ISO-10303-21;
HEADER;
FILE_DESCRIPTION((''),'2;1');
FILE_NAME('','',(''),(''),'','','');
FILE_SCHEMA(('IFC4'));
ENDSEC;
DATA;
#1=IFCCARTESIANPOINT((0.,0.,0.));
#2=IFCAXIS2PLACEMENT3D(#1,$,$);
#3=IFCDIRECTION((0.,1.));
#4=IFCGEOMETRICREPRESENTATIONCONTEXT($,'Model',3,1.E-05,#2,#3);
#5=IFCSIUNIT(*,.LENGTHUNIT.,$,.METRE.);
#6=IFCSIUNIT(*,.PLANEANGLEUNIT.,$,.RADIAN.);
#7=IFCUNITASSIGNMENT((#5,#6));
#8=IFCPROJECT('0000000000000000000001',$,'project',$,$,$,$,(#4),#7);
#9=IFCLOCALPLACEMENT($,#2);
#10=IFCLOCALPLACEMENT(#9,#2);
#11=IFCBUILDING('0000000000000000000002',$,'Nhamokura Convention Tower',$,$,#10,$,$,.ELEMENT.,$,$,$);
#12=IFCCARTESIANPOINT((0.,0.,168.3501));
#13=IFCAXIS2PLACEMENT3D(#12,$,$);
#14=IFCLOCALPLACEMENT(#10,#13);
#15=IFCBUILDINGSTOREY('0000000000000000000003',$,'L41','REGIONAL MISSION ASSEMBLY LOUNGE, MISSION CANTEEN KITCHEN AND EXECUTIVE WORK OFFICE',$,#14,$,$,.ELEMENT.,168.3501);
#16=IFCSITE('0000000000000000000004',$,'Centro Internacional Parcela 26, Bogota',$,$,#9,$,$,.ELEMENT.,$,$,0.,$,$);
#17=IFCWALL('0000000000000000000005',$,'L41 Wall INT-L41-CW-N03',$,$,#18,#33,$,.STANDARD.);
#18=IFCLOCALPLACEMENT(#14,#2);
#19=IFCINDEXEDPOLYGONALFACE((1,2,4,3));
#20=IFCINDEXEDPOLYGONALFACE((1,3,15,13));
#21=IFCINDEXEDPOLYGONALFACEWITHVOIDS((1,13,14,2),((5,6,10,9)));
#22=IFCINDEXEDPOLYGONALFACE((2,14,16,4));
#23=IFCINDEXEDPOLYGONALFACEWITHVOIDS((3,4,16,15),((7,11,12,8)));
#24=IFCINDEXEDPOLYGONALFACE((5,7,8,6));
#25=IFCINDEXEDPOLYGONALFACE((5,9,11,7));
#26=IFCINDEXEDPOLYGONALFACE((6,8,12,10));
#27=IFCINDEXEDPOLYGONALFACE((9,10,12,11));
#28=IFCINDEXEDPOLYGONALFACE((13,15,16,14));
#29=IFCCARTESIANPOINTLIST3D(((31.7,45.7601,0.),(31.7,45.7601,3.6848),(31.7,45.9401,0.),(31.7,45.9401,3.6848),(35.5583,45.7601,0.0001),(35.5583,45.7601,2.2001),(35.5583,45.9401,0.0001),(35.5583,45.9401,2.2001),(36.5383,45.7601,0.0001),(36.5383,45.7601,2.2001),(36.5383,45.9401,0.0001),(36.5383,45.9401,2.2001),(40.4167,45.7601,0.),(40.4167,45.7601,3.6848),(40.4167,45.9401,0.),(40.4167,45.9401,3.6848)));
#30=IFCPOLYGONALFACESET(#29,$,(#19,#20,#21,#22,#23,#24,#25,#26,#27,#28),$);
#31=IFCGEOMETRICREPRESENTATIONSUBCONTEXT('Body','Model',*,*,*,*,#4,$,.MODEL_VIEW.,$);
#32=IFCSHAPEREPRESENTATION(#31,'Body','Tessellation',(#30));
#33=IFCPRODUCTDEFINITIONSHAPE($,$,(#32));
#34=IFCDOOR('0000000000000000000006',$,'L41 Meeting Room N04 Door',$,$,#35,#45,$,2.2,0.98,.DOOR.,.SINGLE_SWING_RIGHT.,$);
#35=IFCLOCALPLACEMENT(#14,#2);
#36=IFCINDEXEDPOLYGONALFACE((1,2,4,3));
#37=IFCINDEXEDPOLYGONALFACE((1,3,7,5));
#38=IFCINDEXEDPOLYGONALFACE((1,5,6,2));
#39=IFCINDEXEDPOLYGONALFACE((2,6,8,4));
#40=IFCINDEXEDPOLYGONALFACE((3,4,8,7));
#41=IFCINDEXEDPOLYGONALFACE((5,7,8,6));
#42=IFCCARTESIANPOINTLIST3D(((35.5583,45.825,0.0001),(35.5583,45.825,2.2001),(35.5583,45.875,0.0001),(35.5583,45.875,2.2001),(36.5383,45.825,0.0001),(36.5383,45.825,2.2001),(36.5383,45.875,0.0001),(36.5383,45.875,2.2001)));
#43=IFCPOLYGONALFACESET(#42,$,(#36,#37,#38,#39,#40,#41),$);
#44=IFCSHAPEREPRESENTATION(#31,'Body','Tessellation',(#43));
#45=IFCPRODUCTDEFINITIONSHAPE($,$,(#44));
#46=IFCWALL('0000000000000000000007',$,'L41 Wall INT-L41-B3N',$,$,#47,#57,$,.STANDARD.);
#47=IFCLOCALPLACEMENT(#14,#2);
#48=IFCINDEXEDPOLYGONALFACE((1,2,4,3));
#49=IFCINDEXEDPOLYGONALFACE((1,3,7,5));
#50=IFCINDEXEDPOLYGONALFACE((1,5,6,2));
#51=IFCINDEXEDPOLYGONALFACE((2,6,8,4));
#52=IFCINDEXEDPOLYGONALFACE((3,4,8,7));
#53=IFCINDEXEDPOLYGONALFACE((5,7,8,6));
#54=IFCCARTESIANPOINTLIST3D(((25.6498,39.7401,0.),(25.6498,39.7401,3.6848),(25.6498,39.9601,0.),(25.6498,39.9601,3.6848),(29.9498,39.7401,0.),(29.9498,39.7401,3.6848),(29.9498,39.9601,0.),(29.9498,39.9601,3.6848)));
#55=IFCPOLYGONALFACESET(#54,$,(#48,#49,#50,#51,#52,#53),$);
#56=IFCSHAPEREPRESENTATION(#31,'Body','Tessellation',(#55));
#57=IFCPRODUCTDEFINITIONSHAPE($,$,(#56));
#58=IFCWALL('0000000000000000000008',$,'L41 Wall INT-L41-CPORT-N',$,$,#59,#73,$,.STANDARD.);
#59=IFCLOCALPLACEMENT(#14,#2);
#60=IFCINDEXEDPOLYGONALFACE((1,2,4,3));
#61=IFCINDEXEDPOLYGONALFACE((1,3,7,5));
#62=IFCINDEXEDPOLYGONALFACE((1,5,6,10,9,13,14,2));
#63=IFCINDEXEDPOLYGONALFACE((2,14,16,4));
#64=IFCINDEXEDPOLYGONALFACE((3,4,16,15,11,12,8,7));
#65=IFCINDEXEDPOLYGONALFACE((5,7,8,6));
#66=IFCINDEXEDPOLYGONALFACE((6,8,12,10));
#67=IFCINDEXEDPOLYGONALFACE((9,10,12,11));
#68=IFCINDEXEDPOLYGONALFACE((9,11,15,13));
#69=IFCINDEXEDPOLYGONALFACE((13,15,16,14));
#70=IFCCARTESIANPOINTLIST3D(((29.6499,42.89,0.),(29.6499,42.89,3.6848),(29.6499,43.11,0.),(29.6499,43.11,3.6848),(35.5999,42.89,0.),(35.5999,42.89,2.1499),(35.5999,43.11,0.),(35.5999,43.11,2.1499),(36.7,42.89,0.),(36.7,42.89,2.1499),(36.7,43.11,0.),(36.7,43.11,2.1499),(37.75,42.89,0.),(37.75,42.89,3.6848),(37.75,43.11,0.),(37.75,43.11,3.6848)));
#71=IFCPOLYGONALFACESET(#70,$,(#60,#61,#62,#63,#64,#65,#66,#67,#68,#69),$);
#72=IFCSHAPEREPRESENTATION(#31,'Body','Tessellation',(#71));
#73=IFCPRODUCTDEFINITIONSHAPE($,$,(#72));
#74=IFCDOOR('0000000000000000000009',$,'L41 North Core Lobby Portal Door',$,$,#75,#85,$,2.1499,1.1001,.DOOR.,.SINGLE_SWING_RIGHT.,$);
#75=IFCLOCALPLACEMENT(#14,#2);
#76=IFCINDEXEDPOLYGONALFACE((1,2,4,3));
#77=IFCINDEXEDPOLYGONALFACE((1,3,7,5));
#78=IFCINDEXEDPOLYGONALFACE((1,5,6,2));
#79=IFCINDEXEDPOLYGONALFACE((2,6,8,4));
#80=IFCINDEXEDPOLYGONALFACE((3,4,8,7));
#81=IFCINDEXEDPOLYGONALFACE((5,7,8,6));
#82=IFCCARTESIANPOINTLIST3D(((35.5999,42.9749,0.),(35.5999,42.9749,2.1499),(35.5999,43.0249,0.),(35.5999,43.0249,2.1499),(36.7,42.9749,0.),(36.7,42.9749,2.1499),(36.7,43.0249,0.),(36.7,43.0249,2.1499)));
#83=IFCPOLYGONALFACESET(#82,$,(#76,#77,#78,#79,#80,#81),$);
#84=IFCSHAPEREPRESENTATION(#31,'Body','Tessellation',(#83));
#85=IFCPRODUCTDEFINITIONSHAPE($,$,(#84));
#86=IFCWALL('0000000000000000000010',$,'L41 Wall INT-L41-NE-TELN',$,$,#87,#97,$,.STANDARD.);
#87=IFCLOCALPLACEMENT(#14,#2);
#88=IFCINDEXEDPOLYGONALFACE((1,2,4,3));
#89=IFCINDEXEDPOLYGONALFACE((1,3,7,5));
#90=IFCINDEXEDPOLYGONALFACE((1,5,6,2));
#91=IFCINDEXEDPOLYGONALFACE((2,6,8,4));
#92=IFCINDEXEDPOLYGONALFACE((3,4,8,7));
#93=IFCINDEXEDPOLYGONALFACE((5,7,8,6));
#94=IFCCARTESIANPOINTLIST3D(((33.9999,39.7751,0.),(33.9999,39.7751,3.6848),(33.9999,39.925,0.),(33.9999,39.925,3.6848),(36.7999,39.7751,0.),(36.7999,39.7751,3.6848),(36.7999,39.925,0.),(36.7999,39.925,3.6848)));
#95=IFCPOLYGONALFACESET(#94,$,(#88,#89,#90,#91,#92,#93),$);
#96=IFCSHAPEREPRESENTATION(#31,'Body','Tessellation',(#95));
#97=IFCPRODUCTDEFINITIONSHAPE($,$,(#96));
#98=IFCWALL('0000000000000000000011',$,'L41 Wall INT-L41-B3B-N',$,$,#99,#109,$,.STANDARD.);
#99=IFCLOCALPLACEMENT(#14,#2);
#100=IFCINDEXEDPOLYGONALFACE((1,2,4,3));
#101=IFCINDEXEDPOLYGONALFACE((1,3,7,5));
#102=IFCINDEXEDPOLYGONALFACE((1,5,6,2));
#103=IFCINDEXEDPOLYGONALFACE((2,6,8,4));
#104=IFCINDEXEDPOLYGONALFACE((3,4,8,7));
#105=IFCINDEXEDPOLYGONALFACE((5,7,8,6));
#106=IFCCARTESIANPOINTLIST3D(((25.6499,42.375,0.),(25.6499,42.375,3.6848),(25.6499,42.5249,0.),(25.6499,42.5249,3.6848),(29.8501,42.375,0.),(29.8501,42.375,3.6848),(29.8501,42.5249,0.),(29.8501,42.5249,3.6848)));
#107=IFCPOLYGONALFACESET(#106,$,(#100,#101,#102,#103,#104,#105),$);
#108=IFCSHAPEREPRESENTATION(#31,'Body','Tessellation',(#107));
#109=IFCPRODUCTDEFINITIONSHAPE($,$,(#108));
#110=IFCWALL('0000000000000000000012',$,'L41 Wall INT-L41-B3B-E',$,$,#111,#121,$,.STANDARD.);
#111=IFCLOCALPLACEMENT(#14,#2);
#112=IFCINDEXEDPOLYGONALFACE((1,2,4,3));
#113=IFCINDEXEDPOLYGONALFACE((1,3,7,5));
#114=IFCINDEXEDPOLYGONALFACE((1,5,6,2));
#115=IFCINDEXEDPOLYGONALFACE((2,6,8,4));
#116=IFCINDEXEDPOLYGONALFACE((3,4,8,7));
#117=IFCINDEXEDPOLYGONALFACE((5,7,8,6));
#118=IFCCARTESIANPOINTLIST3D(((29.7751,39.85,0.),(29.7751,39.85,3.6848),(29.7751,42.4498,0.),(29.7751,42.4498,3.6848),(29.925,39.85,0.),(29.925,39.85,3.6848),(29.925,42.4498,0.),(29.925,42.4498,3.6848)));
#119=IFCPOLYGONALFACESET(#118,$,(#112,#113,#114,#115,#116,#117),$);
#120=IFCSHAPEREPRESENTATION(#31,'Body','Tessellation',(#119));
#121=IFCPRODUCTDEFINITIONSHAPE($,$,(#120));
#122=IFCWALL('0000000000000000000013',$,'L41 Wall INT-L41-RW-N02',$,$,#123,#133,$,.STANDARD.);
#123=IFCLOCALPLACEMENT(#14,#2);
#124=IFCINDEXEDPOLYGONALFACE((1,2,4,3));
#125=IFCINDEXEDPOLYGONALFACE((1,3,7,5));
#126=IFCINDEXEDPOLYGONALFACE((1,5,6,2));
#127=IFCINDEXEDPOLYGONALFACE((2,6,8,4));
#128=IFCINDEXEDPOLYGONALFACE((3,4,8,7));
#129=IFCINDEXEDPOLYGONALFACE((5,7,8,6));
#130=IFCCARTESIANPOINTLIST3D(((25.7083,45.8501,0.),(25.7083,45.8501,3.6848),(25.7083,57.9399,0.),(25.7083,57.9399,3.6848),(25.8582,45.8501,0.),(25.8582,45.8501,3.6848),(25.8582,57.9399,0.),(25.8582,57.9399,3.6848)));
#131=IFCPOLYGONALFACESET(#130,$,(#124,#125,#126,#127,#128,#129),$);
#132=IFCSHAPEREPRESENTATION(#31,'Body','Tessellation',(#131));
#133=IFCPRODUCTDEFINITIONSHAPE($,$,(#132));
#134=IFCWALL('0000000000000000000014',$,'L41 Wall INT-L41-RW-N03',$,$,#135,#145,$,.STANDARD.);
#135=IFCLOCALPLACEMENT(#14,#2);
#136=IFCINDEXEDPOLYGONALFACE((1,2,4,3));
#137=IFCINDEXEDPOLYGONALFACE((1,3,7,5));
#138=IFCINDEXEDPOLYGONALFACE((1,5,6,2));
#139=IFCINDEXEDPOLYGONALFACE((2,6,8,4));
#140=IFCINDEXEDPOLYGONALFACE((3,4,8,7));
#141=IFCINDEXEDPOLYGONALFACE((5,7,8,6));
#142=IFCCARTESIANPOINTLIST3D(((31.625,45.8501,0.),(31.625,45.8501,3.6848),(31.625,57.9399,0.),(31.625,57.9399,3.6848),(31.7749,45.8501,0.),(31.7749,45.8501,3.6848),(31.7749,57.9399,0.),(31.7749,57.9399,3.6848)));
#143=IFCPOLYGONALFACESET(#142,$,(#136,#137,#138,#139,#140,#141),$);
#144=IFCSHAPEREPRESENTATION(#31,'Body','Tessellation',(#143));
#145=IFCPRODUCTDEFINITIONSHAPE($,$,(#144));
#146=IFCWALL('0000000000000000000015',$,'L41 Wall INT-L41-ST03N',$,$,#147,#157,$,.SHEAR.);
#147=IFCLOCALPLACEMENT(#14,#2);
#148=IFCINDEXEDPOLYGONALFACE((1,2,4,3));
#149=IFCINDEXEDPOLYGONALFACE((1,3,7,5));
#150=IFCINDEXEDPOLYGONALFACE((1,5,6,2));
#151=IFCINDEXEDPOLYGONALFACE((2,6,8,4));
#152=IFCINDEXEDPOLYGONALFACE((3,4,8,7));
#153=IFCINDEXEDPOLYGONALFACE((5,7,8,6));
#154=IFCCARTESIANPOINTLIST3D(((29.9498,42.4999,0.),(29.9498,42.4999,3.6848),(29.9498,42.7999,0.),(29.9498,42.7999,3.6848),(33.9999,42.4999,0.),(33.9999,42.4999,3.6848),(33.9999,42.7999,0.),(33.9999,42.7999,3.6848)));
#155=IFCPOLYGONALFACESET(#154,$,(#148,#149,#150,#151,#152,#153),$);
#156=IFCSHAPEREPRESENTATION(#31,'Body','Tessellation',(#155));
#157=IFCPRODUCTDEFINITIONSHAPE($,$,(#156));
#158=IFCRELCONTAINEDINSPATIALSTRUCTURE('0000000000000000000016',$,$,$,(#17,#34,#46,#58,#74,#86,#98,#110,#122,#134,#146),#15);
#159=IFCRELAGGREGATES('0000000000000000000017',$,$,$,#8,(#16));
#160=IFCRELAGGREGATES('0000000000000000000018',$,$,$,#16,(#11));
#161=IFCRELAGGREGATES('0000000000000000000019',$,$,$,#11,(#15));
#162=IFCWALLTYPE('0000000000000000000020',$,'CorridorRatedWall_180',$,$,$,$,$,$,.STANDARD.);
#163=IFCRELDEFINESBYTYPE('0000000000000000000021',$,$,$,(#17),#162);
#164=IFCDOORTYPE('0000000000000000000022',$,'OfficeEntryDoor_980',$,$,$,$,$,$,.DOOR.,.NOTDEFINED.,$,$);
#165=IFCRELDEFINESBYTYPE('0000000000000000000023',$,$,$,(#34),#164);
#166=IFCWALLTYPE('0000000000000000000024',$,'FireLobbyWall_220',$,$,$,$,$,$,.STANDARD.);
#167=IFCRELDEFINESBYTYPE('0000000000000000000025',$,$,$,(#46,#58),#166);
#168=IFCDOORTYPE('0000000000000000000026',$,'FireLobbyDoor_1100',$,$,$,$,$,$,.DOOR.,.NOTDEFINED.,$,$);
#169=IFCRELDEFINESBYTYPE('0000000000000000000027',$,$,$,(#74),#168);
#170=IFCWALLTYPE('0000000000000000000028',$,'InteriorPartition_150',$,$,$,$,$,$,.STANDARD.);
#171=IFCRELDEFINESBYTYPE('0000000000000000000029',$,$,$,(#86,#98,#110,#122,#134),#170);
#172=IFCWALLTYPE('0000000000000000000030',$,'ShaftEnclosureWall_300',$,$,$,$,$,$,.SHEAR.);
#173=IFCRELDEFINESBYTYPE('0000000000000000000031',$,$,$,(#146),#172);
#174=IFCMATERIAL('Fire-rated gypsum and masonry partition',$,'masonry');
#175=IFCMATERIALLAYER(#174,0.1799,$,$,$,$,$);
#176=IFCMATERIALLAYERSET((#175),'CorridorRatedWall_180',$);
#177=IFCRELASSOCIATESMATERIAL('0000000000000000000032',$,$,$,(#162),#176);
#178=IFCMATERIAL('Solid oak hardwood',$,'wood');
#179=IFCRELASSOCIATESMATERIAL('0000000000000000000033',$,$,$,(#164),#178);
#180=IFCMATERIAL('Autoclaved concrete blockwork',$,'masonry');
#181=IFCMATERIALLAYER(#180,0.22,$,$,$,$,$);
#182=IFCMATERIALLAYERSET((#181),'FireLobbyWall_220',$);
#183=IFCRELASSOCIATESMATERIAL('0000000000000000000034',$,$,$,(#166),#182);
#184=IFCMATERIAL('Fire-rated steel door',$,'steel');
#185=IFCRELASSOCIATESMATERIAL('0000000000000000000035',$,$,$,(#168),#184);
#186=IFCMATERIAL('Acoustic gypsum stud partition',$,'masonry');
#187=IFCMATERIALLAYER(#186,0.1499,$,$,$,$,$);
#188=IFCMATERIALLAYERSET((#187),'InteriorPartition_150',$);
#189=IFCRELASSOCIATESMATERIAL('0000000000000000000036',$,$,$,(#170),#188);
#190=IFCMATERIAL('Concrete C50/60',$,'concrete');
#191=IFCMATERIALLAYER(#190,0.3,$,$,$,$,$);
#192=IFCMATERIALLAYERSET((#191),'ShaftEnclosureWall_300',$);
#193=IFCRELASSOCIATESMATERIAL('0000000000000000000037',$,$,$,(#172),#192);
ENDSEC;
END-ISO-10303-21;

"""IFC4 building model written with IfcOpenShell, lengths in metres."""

from ifc_helpers import new_model, si_unit, direction, frame, frame_2d, origin, place, context, subcontext, project, spatial, rectangle, extrude, material, layer, layer_set, type_object, element, fill, save


model = new_model("IFC4")

# Units and contexts
model_context = context("Model", 3, precision=1e-05, world=origin(), true_north=direction((0.0, 1.0)))
body_context = subcontext(model_context, "Body", "Model", "MODEL_VIEW")
ifc_project = project(units=[si_unit("LENGTHUNIT", "METRE"), si_unit("PLANEANGLEUNIT", "RADIAN")], contexts=[model_context])

# Site, building, storey
site_placement = place(None, origin())
site = spatial("IfcSite", under=ifc_project, at=site_placement, Name="Centro Internacional Parcela 26, Bogota", CompositionType="ELEMENT", RefElevation=0.0)
building_placement = place(site_placement, origin())
building = spatial("IfcBuilding", under=site, at=building_placement, Name="Nhamokura Convention Tower", CompositionType="ELEMENT")
storey_placement = place(building_placement, frame((0.0, 0.0, 168.3501)))
storey = spatial("IfcBuildingStorey", under=building, at=storey_placement, Name="L41", Description="REGIONAL MISSION ASSEMBLY LOUNGE, MISSION CANTEEN KITCHEN AND EXECUTIVE WORK OFFICE", CompositionType="ELEMENT", Elevation=168.3501)

# Wall, opening, door
ifc_material_1 = material(Name="Fire-rated gypsum and masonry partition", Category="masonry")
ifc_layer_1 = layer(ifc_material_1, 0.1799)
ifc_layer_set_1 = layer_set([ifc_layer_1], Name="CorridorRatedWall_180")
wall_type_1 = type_object("IfcWallType", Name="CorridorRatedWall_180", PredefinedType="STANDARD", material=ifc_layer_set_1)
ifc_material_2 = material(Name="Solid oak hardwood", Category="wood")
door_type_1 = type_object("IfcDoorType", Name="OfficeEntryDoor_980", OperationType="NOTDEFINED", PredefinedType="DOOR", material=ifc_material_2)
wall_1_placement = place(storey_placement, frame((31.7, 45.8501, 0.0), z_axis=(0.0, 0.0, 1.0), x_axis=(1.0, 0.0, 0.0)))
wall_1 = element("IfcWall", 1, at=wall_1_placement, inside=storey, type_object=wall_type_1, Name="L41 Wall INT-L41-CW-N03", PredefinedType="STANDARD", context=body_context, shape_type="SweptSolid", body=[
    extrude(rectangle(XDim=8.7168, YDim=0.1799, at=frame_2d((4.3584, 0.0))), origin(), (0.0, 0.0, 1.0), 3.6848),
])
opening_1_placement = place(wall_1_placement, frame((3.8584, 0.0, 0.0)))
opening_1 = element("IfcOpeningElement", 2, at=opening_1_placement, cuts=wall_1, PredefinedType="OPENING", context=body_context, shape_type="SweptSolid", body=[
    extrude(rectangle(XDim=0.98, YDim=2.2, at=frame_2d((0.49, 1.1001))), frame((0.0, 0.0999, 0.0), z_axis=(0.0, -1.0, 0.0), x_axis=(1.0, 0.0, 0.0)), (0.0, 0.0, 1.0), 0.2),
])
door_1_placement = place(opening_1_placement, origin())
door_1 = element("IfcDoor", 3, at=door_1_placement, inside=storey, type_object=door_type_1, Name="L41 Meeting Room N04 Door", OperationType="SINGLE_SWING_RIGHT", OverallHeight=2.2, OverallWidth=0.98, PredefinedType="DOOR", context=body_context, shape_type="SweptSolid", body=[
    extrude(rectangle(XDim=0.98, YDim=2.2, at=frame_2d((0.49, 1.1001))), frame((0.0, 0.0249, 0.0), z_axis=(0.0, -1.0, 0.0), x_axis=(1.0, 0.0, 0.0)), (0.0, 0.0, 1.0), 0.05),
])
fill(opening_1, door_1)

# Wall
ifc_material_3 = material(Name="Autoclaved concrete blockwork", Category="masonry")
ifc_layer_2 = layer(ifc_material_3, 0.22)
ifc_layer_set_2 = layer_set([ifc_layer_2], Name="FireLobbyWall_220")
wall_type_2 = type_object("IfcWallType", Name="FireLobbyWall_220", PredefinedType="STANDARD", material=ifc_layer_set_2)
wall_2_placement = place(storey_placement, frame((25.6499, 39.8501, 0.0), z_axis=(0.0, 0.0, 1.0), x_axis=(1.0, 0.0, 0.0)))
element("IfcWall", 4, at=wall_2_placement, inside=storey, type_object=wall_type_2, Name="L41 Wall INT-L41-B3N", PredefinedType="STANDARD", context=body_context, shape_type="SweptSolid", body=[
    extrude(rectangle(XDim=4.3, YDim=0.22, at=frame_2d((2.1499, 0.0))), origin(), (0.0, 0.0, 1.0), 3.6848),
])

# Wall, opening, door
wall_3_placement = place(storey_placement, frame((29.6499, 43.0, 0.0), z_axis=(0.0, 0.0, 1.0), x_axis=(1.0, 0.0, 0.0)))
wall_3 = element("IfcWall", 5, at=wall_3_placement, inside=storey, type_object=wall_type_2, Name="L41 Wall INT-L41-CPORT-N", PredefinedType="STANDARD", context=body_context, shape_type="SweptSolid", body=[
    extrude(rectangle(XDim=8.1001, YDim=0.22, at=frame_2d((4.05, 0.0))), origin(), (0.0, 0.0, 1.0), 3.6848),
])
opening_2_placement = place(wall_3_placement, frame((5.95, 0.0, 0.0)))
opening_2 = element("IfcOpeningElement", 6, at=opening_2_placement, cuts=wall_3, PredefinedType="OPENING", context=body_context, shape_type="SweptSolid", body=[
    extrude(rectangle(XDim=1.1001, YDim=2.1499, at=frame_2d((0.55, 1.075))), frame((0.0, 0.1199, 0.0), z_axis=(0.0, -1.0, 0.0), x_axis=(1.0, 0.0, 0.0)), (0.0, 0.0, 1.0), 0.24),
])
ifc_material_4 = material(Name="Fire-rated steel door", Category="steel")
door_type_2 = type_object("IfcDoorType", Name="FireLobbyDoor_1100", OperationType="NOTDEFINED", PredefinedType="DOOR", material=ifc_material_4)
door_2_placement = place(opening_2_placement, origin())
door_2 = element("IfcDoor", 7, at=door_2_placement, inside=storey, type_object=door_type_2, Name="L41 North Core Lobby Portal Door", OperationType="SINGLE_SWING_RIGHT", OverallHeight=2.1499, OverallWidth=1.1001, PredefinedType="DOOR", context=body_context, shape_type="SweptSolid", body=[
    extrude(rectangle(XDim=1.1001, YDim=2.1499, at=frame_2d((0.55, 1.075))), frame((0.0, 0.0249, 0.0), z_axis=(0.0, -1.0, 0.0), x_axis=(1.0, 0.0, 0.0)), (0.0, 0.0, 1.0), 0.05),
])
fill(opening_2, door_2)

# Walls
ifc_material_5 = material(Name="Acoustic gypsum stud partition", Category="masonry")
ifc_layer_3 = layer(ifc_material_5, 0.1499)
ifc_layer_set_3 = layer_set([ifc_layer_3], Name="InteriorPartition_150")
wall_type_3 = type_object("IfcWallType", Name="InteriorPartition_150", PredefinedType="STANDARD", material=ifc_layer_set_3)
wall_4_placement = place(storey_placement, frame((34.0, 39.8501, 0.0), z_axis=(0.0, 0.0, 1.0), x_axis=(1.0, 0.0, 0.0)))
element("IfcWall", 8, at=wall_4_placement, inside=storey, type_object=wall_type_3, Name="L41 Wall INT-L41-NE-TELN", PredefinedType="STANDARD", context=body_context, shape_type="SweptSolid", body=[
    extrude(rectangle(XDim=2.8, YDim=0.1499, at=frame_2d((1.3999, 0.0))), origin(), (0.0, 0.0, 1.0), 3.6848),
])
wall_5_placement = place(storey_placement, frame((25.6499, 42.45, 0.0), z_axis=(0.0, 0.0, 1.0), x_axis=(1.0, 0.0, 0.0)))
element("IfcWall", 9, at=wall_5_placement, inside=storey, type_object=wall_type_3, Name="L41 Wall INT-L41-B3B-N", PredefinedType="STANDARD", context=body_context, shape_type="SweptSolid", body=[
    extrude(rectangle(XDim=4.2002, YDim=0.1499, at=frame_2d((2.1001, 0.0))), origin(), (0.0, 0.0, 1.0), 3.6848),
])
wall_6_placement = place(storey_placement, frame((29.8501, 39.8501, 0.0), z_axis=(0.0, 0.0, 1.0), x_axis=(0.0, 1.0, 0.0)))
element("IfcWall", 10, at=wall_6_placement, inside=storey, type_object=wall_type_3, Name="L41 Wall INT-L41-B3B-E", PredefinedType="STANDARD", context=body_context, shape_type="SweptSolid", body=[
    extrude(rectangle(XDim=2.5999, YDim=0.1499, at=frame_2d((1.2998, 0.0))), origin(), (0.0, 0.0, 1.0), 3.6848),
])
for number, where, z_axis, x_axis, name in (
    (11, (25.7832, 45.8501, 0.0), (0.0, 0.0, 1.0), (0.0, 1.0, 0.0), "L41 Wall INT-L41-RW-N02"),
    (12, (31.7, 45.8501, 0.0), (0.0, 0.0, 1.0), (0.0, 1.0, 0.0), "L41 Wall INT-L41-RW-N03"),
):
    element("IfcWall", number, at=place(storey_placement, frame(where, z_axis=z_axis, x_axis=x_axis)), inside=storey, type_object=wall_type_3, Name=name, PredefinedType="STANDARD", context=body_context, shape_type="SweptSolid", body=[
        extrude(rectangle(XDim=12.0898, YDim=0.1499, at=frame_2d((6.0449, 0.0))), origin(), (0.0, 0.0, 1.0), 3.6848),
    ])
ifc_material_6 = material(Name="Concrete C50/60", Category="concrete")
ifc_layer_4 = layer(ifc_material_6, 0.3)
ifc_layer_set_4 = layer_set([ifc_layer_4], Name="ShaftEnclosureWall_300")
wall_type_4 = type_object("IfcWallType", Name="ShaftEnclosureWall_300", PredefinedType="SHEAR", material=ifc_layer_set_4)
wall_7_placement = place(storey_placement, frame((29.95, 42.6499, 0.0), z_axis=(0.0, 0.0, 1.0), x_axis=(1.0, 0.0, 0.0)))
element("IfcWall", 13, at=wall_7_placement, inside=storey, type_object=wall_type_4, Name="L41 Wall INT-L41-ST03N", PredefinedType="SHEAR", context=body_context, shape_type="SweptSolid", body=[
    extrude(rectangle(XDim=4.05, YDim=0.3, at=frame_2d((2.0249, 0.0))), origin(), (0.0, 0.0, 1.0), 3.6848),
])

save(model, "model.ifc")
